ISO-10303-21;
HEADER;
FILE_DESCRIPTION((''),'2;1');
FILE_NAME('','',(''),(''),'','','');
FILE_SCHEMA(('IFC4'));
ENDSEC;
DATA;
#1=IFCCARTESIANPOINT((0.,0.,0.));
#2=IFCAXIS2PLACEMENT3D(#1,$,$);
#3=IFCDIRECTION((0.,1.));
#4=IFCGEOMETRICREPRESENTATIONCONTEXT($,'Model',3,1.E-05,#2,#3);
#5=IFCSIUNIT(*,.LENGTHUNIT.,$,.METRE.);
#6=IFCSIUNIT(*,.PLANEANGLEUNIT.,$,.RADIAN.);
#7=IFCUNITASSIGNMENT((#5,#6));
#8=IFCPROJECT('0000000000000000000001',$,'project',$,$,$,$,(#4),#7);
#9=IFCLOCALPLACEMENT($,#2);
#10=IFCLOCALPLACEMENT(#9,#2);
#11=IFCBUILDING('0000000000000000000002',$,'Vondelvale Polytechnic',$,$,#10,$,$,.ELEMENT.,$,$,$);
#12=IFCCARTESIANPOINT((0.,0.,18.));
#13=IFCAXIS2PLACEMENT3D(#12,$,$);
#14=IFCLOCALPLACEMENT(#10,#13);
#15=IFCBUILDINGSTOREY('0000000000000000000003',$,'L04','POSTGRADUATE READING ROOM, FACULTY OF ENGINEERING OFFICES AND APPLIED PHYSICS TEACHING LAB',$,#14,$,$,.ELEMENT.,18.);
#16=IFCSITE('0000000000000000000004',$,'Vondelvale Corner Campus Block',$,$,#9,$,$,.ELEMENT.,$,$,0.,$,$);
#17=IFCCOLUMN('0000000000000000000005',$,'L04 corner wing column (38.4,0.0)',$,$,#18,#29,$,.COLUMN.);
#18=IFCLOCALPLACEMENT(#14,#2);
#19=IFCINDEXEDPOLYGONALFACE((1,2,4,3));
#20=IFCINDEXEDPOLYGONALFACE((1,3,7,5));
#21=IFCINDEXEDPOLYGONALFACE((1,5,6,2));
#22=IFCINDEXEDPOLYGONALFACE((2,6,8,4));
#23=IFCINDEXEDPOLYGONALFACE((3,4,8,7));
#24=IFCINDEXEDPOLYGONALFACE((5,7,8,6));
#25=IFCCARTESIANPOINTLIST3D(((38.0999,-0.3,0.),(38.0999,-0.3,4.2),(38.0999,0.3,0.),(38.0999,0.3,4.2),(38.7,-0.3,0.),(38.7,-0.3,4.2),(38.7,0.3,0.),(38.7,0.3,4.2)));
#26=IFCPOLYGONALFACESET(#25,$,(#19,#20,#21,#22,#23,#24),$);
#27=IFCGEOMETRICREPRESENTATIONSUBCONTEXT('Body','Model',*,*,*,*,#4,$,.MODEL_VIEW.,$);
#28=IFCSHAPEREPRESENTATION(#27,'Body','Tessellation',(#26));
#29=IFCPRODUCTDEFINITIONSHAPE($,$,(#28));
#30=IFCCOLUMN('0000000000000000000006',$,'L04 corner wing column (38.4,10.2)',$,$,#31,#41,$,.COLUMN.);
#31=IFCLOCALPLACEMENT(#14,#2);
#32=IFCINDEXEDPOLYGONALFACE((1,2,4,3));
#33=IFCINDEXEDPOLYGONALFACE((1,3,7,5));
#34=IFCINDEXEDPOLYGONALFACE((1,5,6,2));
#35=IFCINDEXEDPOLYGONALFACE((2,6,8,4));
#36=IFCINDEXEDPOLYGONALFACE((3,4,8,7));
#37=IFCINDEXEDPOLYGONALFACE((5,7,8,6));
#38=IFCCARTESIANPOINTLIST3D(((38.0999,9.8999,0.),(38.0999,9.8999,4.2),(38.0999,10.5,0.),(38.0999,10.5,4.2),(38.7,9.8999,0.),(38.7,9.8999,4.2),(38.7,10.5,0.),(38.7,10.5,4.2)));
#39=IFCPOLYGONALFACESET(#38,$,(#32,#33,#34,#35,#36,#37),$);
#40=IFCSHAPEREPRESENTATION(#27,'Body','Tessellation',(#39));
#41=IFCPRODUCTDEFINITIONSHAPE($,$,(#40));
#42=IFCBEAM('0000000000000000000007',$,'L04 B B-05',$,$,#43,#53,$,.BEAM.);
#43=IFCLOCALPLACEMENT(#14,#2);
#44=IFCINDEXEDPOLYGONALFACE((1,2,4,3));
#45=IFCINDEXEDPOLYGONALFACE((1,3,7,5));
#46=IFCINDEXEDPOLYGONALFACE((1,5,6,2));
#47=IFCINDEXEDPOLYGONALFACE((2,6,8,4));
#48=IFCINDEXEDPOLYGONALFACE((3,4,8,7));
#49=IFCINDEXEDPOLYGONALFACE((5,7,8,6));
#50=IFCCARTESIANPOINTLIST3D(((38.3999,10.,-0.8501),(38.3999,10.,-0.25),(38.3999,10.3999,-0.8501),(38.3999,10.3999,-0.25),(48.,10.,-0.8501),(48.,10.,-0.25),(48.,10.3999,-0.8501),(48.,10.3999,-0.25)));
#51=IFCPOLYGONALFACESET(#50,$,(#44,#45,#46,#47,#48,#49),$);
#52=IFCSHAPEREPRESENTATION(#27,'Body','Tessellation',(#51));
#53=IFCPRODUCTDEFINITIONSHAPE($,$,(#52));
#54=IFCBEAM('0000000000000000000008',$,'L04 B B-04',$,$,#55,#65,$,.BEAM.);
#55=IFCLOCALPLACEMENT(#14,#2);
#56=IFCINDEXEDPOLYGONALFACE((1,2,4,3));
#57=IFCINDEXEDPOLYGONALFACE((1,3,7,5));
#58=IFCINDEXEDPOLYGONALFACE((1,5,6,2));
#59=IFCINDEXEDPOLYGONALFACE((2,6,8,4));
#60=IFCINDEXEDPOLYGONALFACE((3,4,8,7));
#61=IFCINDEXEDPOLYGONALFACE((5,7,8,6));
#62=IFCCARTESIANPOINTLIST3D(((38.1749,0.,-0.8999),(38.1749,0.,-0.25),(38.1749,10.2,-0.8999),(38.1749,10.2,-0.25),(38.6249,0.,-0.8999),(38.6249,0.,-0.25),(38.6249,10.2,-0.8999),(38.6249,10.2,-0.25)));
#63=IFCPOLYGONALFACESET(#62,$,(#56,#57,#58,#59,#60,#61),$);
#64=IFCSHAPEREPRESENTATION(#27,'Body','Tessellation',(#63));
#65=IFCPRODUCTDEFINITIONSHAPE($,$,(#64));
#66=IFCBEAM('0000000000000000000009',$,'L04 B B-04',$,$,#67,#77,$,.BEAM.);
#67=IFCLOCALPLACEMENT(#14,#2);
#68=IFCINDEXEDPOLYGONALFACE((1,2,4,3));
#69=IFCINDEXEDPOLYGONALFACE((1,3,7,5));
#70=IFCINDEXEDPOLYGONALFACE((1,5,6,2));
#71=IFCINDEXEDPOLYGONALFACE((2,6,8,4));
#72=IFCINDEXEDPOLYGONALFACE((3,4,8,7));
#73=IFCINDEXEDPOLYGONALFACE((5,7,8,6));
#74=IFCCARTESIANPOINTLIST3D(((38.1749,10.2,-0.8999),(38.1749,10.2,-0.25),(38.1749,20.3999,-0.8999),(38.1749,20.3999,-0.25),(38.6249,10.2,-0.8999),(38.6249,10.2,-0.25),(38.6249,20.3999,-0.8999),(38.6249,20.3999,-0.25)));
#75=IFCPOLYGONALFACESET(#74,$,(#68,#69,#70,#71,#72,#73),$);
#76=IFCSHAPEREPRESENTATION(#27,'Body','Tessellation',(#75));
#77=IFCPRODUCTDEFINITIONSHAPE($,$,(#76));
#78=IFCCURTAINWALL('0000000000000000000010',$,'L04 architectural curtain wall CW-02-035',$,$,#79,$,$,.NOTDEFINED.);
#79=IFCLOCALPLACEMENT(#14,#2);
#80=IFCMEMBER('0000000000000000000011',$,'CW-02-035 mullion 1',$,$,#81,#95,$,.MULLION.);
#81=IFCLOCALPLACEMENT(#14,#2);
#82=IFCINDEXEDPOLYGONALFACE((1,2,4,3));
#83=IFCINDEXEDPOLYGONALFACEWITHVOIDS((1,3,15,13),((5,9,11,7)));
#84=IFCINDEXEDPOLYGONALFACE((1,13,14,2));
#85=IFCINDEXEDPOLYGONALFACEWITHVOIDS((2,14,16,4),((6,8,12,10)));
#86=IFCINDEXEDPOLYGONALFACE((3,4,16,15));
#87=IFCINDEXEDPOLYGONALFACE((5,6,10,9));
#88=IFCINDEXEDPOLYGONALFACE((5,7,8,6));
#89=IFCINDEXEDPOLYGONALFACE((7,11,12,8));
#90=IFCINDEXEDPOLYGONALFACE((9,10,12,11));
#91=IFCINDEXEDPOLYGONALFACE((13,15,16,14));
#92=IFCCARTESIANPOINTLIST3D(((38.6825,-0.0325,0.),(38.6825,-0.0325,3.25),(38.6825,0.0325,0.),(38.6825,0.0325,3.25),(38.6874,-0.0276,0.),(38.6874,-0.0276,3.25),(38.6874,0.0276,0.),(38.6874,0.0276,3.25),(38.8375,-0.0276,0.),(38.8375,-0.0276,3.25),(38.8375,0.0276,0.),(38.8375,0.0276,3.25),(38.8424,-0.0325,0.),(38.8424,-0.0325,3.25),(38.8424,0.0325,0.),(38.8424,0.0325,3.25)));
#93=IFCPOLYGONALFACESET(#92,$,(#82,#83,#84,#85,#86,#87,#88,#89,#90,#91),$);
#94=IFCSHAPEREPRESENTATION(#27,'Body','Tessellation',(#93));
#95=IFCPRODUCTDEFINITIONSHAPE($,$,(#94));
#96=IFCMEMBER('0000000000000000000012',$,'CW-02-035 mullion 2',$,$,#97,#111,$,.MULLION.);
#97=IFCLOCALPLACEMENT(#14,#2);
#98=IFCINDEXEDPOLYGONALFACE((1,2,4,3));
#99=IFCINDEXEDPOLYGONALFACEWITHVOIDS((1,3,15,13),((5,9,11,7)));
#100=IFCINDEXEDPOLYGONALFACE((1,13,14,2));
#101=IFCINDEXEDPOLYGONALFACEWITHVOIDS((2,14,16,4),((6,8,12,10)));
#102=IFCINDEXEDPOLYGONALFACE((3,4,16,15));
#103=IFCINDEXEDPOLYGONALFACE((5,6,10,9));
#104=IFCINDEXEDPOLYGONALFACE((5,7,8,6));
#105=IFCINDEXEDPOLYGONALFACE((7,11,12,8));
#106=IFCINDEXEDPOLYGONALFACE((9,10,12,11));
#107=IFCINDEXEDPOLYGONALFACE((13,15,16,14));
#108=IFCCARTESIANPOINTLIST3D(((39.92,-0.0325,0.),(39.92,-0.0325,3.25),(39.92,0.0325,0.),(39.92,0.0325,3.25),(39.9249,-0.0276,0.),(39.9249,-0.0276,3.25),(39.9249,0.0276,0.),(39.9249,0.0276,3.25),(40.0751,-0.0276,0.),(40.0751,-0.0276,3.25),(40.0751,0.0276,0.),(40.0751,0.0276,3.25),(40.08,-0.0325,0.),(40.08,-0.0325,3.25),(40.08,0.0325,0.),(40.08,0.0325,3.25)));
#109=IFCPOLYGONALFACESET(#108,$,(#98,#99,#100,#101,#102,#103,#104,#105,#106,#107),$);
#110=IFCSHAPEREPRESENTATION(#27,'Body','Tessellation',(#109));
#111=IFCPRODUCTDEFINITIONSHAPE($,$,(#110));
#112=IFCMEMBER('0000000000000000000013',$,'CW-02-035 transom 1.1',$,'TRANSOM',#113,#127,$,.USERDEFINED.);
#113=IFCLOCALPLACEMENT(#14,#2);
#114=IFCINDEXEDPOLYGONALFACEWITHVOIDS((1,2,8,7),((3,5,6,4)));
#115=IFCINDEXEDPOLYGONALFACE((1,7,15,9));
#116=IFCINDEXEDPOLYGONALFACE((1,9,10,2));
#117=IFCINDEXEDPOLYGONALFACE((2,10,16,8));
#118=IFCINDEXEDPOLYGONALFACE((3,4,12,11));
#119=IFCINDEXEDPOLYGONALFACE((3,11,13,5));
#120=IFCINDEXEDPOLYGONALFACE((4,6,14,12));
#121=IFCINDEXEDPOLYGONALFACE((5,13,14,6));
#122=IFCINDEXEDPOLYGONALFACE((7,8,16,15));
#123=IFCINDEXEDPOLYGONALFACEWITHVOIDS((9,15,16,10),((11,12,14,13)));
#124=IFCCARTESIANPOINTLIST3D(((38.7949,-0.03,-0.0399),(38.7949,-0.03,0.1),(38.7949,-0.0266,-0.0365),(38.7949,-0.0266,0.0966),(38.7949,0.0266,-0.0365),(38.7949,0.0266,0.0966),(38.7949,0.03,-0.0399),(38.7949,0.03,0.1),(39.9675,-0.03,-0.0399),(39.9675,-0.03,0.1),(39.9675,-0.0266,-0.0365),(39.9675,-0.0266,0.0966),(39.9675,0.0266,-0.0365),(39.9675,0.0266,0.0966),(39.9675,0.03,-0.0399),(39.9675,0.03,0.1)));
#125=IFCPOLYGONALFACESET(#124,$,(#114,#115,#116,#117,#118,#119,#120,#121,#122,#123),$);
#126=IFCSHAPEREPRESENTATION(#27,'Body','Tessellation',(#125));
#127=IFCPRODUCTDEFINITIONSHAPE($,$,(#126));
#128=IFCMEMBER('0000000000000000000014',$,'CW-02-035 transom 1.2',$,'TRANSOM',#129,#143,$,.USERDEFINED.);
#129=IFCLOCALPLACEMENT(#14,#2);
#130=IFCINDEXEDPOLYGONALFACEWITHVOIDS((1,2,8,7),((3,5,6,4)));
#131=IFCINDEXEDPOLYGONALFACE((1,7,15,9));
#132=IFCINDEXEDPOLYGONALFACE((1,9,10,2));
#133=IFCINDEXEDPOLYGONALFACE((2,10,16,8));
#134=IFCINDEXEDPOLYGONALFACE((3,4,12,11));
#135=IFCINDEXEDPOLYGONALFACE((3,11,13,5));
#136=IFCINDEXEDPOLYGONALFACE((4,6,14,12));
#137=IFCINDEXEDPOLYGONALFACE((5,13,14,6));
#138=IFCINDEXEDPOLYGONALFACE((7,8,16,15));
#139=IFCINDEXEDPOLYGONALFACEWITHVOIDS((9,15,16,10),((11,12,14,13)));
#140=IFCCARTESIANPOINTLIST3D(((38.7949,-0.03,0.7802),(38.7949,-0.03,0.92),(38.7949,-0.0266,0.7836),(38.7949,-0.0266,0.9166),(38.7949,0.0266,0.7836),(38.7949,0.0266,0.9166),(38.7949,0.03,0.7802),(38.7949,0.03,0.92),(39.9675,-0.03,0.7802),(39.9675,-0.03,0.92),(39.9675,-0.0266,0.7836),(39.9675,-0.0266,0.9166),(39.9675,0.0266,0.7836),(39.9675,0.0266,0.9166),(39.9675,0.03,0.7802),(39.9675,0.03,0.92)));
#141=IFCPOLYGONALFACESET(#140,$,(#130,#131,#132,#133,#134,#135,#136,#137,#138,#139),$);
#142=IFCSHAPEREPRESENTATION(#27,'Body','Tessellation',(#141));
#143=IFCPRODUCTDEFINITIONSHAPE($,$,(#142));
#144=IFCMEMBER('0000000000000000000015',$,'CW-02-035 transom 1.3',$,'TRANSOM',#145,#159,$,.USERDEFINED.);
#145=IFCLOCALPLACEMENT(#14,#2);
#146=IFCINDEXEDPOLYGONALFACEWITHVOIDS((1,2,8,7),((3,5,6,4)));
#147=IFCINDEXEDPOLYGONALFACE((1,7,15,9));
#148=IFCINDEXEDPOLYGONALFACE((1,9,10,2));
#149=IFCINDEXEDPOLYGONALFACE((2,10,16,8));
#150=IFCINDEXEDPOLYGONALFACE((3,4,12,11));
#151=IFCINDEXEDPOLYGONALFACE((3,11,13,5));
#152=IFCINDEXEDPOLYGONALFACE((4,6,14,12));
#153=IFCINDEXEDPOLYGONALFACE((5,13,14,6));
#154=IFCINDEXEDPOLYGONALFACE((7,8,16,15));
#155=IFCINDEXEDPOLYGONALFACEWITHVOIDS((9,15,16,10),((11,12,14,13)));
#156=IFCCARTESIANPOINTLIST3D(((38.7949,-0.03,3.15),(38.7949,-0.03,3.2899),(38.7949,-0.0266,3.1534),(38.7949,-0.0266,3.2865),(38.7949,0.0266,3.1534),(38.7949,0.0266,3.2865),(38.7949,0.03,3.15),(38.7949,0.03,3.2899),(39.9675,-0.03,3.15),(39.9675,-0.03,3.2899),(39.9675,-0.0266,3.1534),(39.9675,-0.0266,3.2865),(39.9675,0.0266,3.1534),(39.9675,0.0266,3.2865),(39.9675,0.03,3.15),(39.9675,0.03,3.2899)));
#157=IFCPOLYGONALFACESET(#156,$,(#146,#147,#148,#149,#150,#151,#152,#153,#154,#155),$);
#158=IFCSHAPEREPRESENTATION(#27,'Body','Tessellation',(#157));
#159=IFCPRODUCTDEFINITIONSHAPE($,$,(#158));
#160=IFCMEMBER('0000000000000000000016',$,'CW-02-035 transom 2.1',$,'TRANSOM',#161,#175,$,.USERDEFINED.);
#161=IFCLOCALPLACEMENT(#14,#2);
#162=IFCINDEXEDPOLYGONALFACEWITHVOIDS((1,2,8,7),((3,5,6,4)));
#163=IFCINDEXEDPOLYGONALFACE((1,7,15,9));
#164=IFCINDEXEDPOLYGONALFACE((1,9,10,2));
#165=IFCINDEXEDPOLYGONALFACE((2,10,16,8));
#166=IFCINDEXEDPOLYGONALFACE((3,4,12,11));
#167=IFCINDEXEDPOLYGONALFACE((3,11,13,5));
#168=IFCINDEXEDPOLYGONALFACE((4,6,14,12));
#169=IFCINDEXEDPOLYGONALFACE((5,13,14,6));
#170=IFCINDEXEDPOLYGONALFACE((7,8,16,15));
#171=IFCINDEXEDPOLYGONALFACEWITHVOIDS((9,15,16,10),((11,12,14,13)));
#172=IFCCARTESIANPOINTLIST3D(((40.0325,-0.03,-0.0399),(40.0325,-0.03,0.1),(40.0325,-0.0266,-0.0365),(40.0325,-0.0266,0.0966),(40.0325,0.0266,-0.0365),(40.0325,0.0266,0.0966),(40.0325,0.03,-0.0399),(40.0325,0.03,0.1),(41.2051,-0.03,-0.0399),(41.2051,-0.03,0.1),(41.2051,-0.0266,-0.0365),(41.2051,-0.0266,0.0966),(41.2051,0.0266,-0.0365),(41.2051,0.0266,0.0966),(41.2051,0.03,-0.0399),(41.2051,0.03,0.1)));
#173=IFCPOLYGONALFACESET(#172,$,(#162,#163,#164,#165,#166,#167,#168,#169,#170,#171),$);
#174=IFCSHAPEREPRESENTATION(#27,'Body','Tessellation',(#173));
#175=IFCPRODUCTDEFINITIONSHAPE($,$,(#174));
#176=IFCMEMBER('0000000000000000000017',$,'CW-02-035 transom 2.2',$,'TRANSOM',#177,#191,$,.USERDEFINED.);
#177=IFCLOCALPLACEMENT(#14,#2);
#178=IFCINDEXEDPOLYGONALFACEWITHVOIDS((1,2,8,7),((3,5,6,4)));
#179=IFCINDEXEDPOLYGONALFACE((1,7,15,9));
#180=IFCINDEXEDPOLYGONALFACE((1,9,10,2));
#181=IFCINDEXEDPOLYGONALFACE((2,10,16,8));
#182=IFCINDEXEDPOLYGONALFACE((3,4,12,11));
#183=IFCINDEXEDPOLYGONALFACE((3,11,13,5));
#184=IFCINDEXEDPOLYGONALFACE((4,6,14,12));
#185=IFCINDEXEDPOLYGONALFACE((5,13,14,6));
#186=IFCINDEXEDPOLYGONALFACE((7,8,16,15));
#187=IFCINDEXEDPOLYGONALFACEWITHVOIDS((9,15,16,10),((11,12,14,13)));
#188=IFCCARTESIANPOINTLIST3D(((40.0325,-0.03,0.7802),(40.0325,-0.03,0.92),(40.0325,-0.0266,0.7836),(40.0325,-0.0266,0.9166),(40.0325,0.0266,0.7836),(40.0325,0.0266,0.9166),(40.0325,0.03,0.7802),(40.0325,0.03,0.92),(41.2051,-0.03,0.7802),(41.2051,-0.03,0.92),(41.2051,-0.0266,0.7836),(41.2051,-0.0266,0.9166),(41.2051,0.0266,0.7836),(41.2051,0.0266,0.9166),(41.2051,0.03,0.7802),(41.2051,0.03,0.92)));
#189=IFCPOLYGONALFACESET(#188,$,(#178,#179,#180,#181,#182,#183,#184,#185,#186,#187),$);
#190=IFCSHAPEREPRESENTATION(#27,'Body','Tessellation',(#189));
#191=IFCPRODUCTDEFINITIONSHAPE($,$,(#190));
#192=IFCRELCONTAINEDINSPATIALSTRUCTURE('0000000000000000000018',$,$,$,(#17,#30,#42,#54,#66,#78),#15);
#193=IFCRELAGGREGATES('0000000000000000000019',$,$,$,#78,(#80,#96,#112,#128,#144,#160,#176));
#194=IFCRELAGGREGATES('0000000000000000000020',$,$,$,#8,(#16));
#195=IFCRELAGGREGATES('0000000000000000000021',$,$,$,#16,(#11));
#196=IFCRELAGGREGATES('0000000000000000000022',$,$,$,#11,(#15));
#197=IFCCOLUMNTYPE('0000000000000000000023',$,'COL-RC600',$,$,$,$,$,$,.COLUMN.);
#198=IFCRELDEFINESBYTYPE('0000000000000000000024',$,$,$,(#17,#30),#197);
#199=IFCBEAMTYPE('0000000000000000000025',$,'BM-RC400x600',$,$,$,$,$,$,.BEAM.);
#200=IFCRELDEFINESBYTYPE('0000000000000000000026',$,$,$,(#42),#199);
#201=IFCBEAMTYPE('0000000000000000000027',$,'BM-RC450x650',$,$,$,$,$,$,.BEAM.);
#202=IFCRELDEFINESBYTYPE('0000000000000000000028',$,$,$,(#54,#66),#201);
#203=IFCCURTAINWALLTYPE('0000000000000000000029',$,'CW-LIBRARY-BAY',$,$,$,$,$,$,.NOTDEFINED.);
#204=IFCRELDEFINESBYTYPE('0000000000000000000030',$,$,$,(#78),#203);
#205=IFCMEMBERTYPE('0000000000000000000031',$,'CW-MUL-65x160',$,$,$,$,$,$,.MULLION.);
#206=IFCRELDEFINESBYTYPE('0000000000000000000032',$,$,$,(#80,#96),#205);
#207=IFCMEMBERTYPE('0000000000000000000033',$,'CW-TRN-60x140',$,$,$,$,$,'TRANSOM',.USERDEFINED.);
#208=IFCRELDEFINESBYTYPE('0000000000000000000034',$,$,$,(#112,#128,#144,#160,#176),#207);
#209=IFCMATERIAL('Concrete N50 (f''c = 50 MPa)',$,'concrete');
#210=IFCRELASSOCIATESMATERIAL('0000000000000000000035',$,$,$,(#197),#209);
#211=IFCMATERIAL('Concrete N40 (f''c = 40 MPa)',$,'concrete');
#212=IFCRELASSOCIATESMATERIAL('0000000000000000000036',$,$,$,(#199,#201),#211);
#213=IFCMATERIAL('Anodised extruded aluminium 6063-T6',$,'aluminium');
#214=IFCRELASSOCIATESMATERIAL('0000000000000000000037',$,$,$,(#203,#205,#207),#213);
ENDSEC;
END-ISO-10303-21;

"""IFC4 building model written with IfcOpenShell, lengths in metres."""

from ifc_helpers import new_model, si_unit, direction, frame, origin, origin_2d, place, context, subcontext, project, spatial, rectangle, hollow_rectangle, extrude, material, material_profile, profile_set, type_object, element, aggregate, save


model = new_model("IFC4")

# Units and contexts
model_context = context("Model", 3, precision=1e-05, world=origin(), true_north=direction((0.0, 1.0)))
body_context = subcontext(model_context, "Body", "Model", "MODEL_VIEW")
ifc_project = project(units=[si_unit("LENGTHUNIT", "METRE"), si_unit("PLANEANGLEUNIT", "RADIAN")], contexts=[model_context])

# Site, building, storey
site_placement = place(None, origin())
site = spatial("IfcSite", under=ifc_project, at=site_placement, Name="Vondelvale Corner Campus Block", CompositionType="ELEMENT", RefElevation=0.0)
building_placement = place(site_placement, origin())
building = spatial("IfcBuilding", under=site, at=building_placement, Name="Vondelvale Polytechnic", CompositionType="ELEMENT")
storey_placement = place(building_placement, frame((0.0, 0.0, 18.0)))
storey = spatial("IfcBuildingStorey", under=building, at=storey_placement, Name="L04", Description="POSTGRADUATE READING ROOM, FACULTY OF ENGINEERING OFFICES AND APPLIED PHYSICS TEACHING LAB", CompositionType="ELEMENT", Elevation=18.0)

# Columns
ifc_material_1 = material(Name="Concrete N50 (f'c = 50 MPa)", Category="concrete")
ifc_material_profile_1 = material_profile(ifc_material_1, rectangle(XDim=0.6001, YDim=0.6001, at=origin_2d()), Name="RC-COL-600x600")
ifc_profile_set_1 = profile_set([ifc_material_profile_1], Name="Concrete N50 (f'c = 50 MPa)")
column_type = type_object("IfcColumnType", Name="COL-RC600", PredefinedType="COLUMN", material=ifc_profile_set_1)
for number, where, z_axis, x_axis, name in (
    (1, (38.3999, 0.0, 0.0), (0.0, 0.0, 1.0), (1.0, 0.0, 0.0), "L04 corner wing column (38.4,0.0)"),
    (2, (38.3999, 10.2, 0.0), (0.0, 0.0, 1.0), (1.0, 0.0, 0.0), "L04 corner wing column (38.4,10.2)"),
):
    element("IfcColumn", number, at=place(storey_placement, frame(where, z_axis=z_axis, x_axis=x_axis)), inside=storey, type_object=column_type, Name=name, PredefinedType="COLUMN", context=body_context, shape_type="SweptSolid", body=[
        extrude(rectangle(XDim=0.6001, YDim=0.6001, at=origin_2d()), origin(), (0.0, 0.0, 1.0), 4.2),
    ])

# Beams
ifc_material_2 = material(Name="Concrete N40 (f'c = 40 MPa)", Category="concrete")
ifc_material_profile_2 = material_profile(ifc_material_2, rectangle(XDim=0.3999, YDim=0.6001, at=origin_2d()), Name="RC-BM-400x600")
ifc_profile_set_2 = profile_set([ifc_material_profile_2], Name="Concrete N40 (f'c = 40 MPa)")
beam_type_1 = type_object("IfcBeamType", Name="BM-RC400x600", PredefinedType="BEAM", material=ifc_profile_set_2)
beam_1_placement = place(storey_placement, frame((38.3999, 10.2, -0.55), z_axis=(1.0, 0.0, 0.0), x_axis=(0.0, 1.0, 0.0)))
element("IfcBeam", 3, at=beam_1_placement, inside=storey, type_object=beam_type_1, Name="L04 B B-05", PredefinedType="BEAM", context=body_context, shape_type="SweptSolid", body=[
    extrude(rectangle(XDim=0.3999, YDim=0.6001, at=origin_2d()), origin(), (0.0, 0.0, 1.0), 9.6001),
])
ifc_material_profile_3 = material_profile(ifc_material_2, rectangle(XDim=0.45, YDim=0.6499, at=origin_2d()), Name="RC-BM-450x650")
ifc_profile_set_3 = profile_set([ifc_material_profile_3], Name="Concrete N40 (f'c = 40 MPa)")
beam_type_2 = type_object("IfcBeamType", Name="BM-RC450x650", PredefinedType="BEAM", material=ifc_profile_set_3)
for number, where, z_axis, x_axis, name in (
    (4, (38.3999, 0.0, -0.575), (0.0, 1.0, 0.0), (-1.0, 0.0, 0.0), "L04 B B-04"),
    (5, (38.3999, 10.2, -0.575), (0.0, 1.0, 0.0), (-1.0, 0.0, 0.0), "L04 B B-04"),
):
    element("IfcBeam", number, at=place(storey_placement, frame(where, z_axis=z_axis, x_axis=x_axis)), inside=storey, type_object=beam_type_2, Name=name, PredefinedType="BEAM", context=body_context, shape_type="SweptSolid", body=[
        extrude(rectangle(XDim=0.45, YDim=0.6499, at=origin_2d()), origin(), (0.0, 0.0, 1.0), 10.2),
    ])

# Curtain wall, members
ifc_material_3 = material(Name="Anodised extruded aluminium 6063-T6", Category="aluminium")
curtain_wall_type = type_object("IfcCurtainWallType", Name="CW-LIBRARY-BAY", PredefinedType="NOTDEFINED", material=ifc_material_3)
curtain_wall_placement = place(storey_placement, origin())
curtain_wall = element("IfcCurtainWall", 6, at=curtain_wall_placement, inside=storey, type_object=curtain_wall_type, Name="L04 architectural curtain wall CW-02-035", PredefinedType="NOTDEFINED")
ifc_material_profile_4 = material_profile(ifc_material_3, hollow_rectangle(XDim=0.0649, YDim=0.1599, WallThickness=0.0049, at=origin_2d()), Name="CW-MUL-160x65")
ifc_profile_set_4 = profile_set([ifc_material_profile_4], Name="Anodised extruded aluminium 6063-T6")
member_type_1 = type_object("IfcMemberType", Name="CW-MUL-65x160", PredefinedType="MULLION", material=ifc_profile_set_4)
member_1_placement = place(storey_placement, frame((38.7625, 0.0, 0.0), z_axis=(0.0, 0.0, 1.0), x_axis=(0.0, 1.0, 0.0)))
member_1 = element("IfcMember", 7, at=member_1_placement, type_object=member_type_1, Name="CW-02-035 mullion 1", PredefinedType="MULLION", context=body_context, shape_type="SweptSolid", body=[
    extrude(hollow_rectangle(XDim=0.0649, YDim=0.1599, WallThickness=0.0049, at=origin_2d()), origin(), (0.0, 0.0, 1.0), 3.25),
])
member_2_placement = place(storey_placement, frame((40.0, 0.0, 0.0), z_axis=(0.0, 0.0, 1.0), x_axis=(0.0, 1.0, 0.0)))
member_2 = element("IfcMember", 8, at=member_2_placement, type_object=member_type_1, Name="CW-02-035 mullion 2", PredefinedType="MULLION", context=body_context, shape_type="SweptSolid", body=[
    extrude(hollow_rectangle(XDim=0.0649, YDim=0.1599, WallThickness=0.0049, at=origin_2d()), origin(), (0.0, 0.0, 1.0), 3.25),
])
ifc_material_profile_5 = material_profile(ifc_material_3, hollow_rectangle(XDim=0.0601, YDim=0.1399, WallThickness=0.0034, at=origin_2d()), Name="CW-TRN-140x60")
ifc_profile_set_5 = profile_set([ifc_material_profile_5], Name="Anodised extruded aluminium 6063-T6")
member_type_2 = type_object("IfcMemberType", Name="CW-TRN-60x140", ElementType="TRANSOM", PredefinedType="USERDEFINED", material=ifc_profile_set_5)
member_3_placement = place(storey_placement, frame((38.7949, 0.0, 0.03), z_axis=(1.0, 0.0, 0.0), x_axis=(0.0, 1.0, 0.0)))
member_3 = element("IfcMember", 9, at=member_3_placement, type_object=member_type_2, Name="CW-02-035 transom 1.1", ObjectType="TRANSOM", PredefinedType="USERDEFINED", context=body_context, shape_type="SweptSolid", body=[
    extrude(hollow_rectangle(XDim=0.0601, YDim=0.1399, WallThickness=0.0034, at=origin_2d()), origin(), (0.0, 0.0, 1.0), 1.1726),
])
member_4_placement = place(storey_placement, frame((38.7949, 0.0, 0.8501), z_axis=(1.0, 0.0, 0.0), x_axis=(0.0, 1.0, 0.0)))
member_4 = element("IfcMember", 10, at=member_4_placement, type_object=member_type_2, Name="CW-02-035 transom 1.2", ObjectType="TRANSOM", PredefinedType="USERDEFINED", context=body_context, shape_type="SweptSolid", body=[
    extrude(hollow_rectangle(XDim=0.0601, YDim=0.1399, WallThickness=0.0034, at=origin_2d()), origin(), (0.0, 0.0, 1.0), 1.1726),
])
member_5_placement = place(storey_placement, frame((38.7949, 0.0, 3.22), z_axis=(1.0, 0.0, 0.0), x_axis=(0.0, 1.0, 0.0)))
member_5 = element("IfcMember", 11, at=member_5_placement, type_object=member_type_2, Name="CW-02-035 transom 1.3", ObjectType="TRANSOM", PredefinedType="USERDEFINED", context=body_context, shape_type="SweptSolid", body=[
    extrude(hollow_rectangle(XDim=0.0601, YDim=0.1399, WallThickness=0.0034, at=origin_2d()), origin(), (0.0, 0.0, 1.0), 1.1726),
])
member_6_placement = place(storey_placement, frame((40.0325, 0.0, 0.03), z_axis=(1.0, 0.0, 0.0), x_axis=(0.0, 1.0, 0.0)))
member_6 = element("IfcMember", 12, at=member_6_placement, type_object=member_type_2, Name="CW-02-035 transom 2.1", ObjectType="TRANSOM", PredefinedType="USERDEFINED", context=body_context, shape_type="SweptSolid", body=[
    extrude(hollow_rectangle(XDim=0.0601, YDim=0.1399, WallThickness=0.0034, at=origin_2d()), origin(), (0.0, 0.0, 1.0), 1.1726),
])
member_7_placement = place(storey_placement, frame((40.0325, 0.0, 0.8501), z_axis=(1.0, 0.0, 0.0), x_axis=(0.0, 1.0, 0.0)))
member_7 = element("IfcMember", 13, at=member_7_placement, type_object=member_type_2, Name="CW-02-035 transom 2.2", ObjectType="TRANSOM", PredefinedType="USERDEFINED", context=body_context, shape_type="SweptSolid", body=[
    extrude(hollow_rectangle(XDim=0.0601, YDim=0.1399, WallThickness=0.0034, at=origin_2d()), origin(), (0.0, 0.0, 1.0), 1.1726),
])

aggregate(curtain_wall, [member_1, member_2, member_3, member_4, member_5, member_6, member_7])

save(model, "model.ifc")
